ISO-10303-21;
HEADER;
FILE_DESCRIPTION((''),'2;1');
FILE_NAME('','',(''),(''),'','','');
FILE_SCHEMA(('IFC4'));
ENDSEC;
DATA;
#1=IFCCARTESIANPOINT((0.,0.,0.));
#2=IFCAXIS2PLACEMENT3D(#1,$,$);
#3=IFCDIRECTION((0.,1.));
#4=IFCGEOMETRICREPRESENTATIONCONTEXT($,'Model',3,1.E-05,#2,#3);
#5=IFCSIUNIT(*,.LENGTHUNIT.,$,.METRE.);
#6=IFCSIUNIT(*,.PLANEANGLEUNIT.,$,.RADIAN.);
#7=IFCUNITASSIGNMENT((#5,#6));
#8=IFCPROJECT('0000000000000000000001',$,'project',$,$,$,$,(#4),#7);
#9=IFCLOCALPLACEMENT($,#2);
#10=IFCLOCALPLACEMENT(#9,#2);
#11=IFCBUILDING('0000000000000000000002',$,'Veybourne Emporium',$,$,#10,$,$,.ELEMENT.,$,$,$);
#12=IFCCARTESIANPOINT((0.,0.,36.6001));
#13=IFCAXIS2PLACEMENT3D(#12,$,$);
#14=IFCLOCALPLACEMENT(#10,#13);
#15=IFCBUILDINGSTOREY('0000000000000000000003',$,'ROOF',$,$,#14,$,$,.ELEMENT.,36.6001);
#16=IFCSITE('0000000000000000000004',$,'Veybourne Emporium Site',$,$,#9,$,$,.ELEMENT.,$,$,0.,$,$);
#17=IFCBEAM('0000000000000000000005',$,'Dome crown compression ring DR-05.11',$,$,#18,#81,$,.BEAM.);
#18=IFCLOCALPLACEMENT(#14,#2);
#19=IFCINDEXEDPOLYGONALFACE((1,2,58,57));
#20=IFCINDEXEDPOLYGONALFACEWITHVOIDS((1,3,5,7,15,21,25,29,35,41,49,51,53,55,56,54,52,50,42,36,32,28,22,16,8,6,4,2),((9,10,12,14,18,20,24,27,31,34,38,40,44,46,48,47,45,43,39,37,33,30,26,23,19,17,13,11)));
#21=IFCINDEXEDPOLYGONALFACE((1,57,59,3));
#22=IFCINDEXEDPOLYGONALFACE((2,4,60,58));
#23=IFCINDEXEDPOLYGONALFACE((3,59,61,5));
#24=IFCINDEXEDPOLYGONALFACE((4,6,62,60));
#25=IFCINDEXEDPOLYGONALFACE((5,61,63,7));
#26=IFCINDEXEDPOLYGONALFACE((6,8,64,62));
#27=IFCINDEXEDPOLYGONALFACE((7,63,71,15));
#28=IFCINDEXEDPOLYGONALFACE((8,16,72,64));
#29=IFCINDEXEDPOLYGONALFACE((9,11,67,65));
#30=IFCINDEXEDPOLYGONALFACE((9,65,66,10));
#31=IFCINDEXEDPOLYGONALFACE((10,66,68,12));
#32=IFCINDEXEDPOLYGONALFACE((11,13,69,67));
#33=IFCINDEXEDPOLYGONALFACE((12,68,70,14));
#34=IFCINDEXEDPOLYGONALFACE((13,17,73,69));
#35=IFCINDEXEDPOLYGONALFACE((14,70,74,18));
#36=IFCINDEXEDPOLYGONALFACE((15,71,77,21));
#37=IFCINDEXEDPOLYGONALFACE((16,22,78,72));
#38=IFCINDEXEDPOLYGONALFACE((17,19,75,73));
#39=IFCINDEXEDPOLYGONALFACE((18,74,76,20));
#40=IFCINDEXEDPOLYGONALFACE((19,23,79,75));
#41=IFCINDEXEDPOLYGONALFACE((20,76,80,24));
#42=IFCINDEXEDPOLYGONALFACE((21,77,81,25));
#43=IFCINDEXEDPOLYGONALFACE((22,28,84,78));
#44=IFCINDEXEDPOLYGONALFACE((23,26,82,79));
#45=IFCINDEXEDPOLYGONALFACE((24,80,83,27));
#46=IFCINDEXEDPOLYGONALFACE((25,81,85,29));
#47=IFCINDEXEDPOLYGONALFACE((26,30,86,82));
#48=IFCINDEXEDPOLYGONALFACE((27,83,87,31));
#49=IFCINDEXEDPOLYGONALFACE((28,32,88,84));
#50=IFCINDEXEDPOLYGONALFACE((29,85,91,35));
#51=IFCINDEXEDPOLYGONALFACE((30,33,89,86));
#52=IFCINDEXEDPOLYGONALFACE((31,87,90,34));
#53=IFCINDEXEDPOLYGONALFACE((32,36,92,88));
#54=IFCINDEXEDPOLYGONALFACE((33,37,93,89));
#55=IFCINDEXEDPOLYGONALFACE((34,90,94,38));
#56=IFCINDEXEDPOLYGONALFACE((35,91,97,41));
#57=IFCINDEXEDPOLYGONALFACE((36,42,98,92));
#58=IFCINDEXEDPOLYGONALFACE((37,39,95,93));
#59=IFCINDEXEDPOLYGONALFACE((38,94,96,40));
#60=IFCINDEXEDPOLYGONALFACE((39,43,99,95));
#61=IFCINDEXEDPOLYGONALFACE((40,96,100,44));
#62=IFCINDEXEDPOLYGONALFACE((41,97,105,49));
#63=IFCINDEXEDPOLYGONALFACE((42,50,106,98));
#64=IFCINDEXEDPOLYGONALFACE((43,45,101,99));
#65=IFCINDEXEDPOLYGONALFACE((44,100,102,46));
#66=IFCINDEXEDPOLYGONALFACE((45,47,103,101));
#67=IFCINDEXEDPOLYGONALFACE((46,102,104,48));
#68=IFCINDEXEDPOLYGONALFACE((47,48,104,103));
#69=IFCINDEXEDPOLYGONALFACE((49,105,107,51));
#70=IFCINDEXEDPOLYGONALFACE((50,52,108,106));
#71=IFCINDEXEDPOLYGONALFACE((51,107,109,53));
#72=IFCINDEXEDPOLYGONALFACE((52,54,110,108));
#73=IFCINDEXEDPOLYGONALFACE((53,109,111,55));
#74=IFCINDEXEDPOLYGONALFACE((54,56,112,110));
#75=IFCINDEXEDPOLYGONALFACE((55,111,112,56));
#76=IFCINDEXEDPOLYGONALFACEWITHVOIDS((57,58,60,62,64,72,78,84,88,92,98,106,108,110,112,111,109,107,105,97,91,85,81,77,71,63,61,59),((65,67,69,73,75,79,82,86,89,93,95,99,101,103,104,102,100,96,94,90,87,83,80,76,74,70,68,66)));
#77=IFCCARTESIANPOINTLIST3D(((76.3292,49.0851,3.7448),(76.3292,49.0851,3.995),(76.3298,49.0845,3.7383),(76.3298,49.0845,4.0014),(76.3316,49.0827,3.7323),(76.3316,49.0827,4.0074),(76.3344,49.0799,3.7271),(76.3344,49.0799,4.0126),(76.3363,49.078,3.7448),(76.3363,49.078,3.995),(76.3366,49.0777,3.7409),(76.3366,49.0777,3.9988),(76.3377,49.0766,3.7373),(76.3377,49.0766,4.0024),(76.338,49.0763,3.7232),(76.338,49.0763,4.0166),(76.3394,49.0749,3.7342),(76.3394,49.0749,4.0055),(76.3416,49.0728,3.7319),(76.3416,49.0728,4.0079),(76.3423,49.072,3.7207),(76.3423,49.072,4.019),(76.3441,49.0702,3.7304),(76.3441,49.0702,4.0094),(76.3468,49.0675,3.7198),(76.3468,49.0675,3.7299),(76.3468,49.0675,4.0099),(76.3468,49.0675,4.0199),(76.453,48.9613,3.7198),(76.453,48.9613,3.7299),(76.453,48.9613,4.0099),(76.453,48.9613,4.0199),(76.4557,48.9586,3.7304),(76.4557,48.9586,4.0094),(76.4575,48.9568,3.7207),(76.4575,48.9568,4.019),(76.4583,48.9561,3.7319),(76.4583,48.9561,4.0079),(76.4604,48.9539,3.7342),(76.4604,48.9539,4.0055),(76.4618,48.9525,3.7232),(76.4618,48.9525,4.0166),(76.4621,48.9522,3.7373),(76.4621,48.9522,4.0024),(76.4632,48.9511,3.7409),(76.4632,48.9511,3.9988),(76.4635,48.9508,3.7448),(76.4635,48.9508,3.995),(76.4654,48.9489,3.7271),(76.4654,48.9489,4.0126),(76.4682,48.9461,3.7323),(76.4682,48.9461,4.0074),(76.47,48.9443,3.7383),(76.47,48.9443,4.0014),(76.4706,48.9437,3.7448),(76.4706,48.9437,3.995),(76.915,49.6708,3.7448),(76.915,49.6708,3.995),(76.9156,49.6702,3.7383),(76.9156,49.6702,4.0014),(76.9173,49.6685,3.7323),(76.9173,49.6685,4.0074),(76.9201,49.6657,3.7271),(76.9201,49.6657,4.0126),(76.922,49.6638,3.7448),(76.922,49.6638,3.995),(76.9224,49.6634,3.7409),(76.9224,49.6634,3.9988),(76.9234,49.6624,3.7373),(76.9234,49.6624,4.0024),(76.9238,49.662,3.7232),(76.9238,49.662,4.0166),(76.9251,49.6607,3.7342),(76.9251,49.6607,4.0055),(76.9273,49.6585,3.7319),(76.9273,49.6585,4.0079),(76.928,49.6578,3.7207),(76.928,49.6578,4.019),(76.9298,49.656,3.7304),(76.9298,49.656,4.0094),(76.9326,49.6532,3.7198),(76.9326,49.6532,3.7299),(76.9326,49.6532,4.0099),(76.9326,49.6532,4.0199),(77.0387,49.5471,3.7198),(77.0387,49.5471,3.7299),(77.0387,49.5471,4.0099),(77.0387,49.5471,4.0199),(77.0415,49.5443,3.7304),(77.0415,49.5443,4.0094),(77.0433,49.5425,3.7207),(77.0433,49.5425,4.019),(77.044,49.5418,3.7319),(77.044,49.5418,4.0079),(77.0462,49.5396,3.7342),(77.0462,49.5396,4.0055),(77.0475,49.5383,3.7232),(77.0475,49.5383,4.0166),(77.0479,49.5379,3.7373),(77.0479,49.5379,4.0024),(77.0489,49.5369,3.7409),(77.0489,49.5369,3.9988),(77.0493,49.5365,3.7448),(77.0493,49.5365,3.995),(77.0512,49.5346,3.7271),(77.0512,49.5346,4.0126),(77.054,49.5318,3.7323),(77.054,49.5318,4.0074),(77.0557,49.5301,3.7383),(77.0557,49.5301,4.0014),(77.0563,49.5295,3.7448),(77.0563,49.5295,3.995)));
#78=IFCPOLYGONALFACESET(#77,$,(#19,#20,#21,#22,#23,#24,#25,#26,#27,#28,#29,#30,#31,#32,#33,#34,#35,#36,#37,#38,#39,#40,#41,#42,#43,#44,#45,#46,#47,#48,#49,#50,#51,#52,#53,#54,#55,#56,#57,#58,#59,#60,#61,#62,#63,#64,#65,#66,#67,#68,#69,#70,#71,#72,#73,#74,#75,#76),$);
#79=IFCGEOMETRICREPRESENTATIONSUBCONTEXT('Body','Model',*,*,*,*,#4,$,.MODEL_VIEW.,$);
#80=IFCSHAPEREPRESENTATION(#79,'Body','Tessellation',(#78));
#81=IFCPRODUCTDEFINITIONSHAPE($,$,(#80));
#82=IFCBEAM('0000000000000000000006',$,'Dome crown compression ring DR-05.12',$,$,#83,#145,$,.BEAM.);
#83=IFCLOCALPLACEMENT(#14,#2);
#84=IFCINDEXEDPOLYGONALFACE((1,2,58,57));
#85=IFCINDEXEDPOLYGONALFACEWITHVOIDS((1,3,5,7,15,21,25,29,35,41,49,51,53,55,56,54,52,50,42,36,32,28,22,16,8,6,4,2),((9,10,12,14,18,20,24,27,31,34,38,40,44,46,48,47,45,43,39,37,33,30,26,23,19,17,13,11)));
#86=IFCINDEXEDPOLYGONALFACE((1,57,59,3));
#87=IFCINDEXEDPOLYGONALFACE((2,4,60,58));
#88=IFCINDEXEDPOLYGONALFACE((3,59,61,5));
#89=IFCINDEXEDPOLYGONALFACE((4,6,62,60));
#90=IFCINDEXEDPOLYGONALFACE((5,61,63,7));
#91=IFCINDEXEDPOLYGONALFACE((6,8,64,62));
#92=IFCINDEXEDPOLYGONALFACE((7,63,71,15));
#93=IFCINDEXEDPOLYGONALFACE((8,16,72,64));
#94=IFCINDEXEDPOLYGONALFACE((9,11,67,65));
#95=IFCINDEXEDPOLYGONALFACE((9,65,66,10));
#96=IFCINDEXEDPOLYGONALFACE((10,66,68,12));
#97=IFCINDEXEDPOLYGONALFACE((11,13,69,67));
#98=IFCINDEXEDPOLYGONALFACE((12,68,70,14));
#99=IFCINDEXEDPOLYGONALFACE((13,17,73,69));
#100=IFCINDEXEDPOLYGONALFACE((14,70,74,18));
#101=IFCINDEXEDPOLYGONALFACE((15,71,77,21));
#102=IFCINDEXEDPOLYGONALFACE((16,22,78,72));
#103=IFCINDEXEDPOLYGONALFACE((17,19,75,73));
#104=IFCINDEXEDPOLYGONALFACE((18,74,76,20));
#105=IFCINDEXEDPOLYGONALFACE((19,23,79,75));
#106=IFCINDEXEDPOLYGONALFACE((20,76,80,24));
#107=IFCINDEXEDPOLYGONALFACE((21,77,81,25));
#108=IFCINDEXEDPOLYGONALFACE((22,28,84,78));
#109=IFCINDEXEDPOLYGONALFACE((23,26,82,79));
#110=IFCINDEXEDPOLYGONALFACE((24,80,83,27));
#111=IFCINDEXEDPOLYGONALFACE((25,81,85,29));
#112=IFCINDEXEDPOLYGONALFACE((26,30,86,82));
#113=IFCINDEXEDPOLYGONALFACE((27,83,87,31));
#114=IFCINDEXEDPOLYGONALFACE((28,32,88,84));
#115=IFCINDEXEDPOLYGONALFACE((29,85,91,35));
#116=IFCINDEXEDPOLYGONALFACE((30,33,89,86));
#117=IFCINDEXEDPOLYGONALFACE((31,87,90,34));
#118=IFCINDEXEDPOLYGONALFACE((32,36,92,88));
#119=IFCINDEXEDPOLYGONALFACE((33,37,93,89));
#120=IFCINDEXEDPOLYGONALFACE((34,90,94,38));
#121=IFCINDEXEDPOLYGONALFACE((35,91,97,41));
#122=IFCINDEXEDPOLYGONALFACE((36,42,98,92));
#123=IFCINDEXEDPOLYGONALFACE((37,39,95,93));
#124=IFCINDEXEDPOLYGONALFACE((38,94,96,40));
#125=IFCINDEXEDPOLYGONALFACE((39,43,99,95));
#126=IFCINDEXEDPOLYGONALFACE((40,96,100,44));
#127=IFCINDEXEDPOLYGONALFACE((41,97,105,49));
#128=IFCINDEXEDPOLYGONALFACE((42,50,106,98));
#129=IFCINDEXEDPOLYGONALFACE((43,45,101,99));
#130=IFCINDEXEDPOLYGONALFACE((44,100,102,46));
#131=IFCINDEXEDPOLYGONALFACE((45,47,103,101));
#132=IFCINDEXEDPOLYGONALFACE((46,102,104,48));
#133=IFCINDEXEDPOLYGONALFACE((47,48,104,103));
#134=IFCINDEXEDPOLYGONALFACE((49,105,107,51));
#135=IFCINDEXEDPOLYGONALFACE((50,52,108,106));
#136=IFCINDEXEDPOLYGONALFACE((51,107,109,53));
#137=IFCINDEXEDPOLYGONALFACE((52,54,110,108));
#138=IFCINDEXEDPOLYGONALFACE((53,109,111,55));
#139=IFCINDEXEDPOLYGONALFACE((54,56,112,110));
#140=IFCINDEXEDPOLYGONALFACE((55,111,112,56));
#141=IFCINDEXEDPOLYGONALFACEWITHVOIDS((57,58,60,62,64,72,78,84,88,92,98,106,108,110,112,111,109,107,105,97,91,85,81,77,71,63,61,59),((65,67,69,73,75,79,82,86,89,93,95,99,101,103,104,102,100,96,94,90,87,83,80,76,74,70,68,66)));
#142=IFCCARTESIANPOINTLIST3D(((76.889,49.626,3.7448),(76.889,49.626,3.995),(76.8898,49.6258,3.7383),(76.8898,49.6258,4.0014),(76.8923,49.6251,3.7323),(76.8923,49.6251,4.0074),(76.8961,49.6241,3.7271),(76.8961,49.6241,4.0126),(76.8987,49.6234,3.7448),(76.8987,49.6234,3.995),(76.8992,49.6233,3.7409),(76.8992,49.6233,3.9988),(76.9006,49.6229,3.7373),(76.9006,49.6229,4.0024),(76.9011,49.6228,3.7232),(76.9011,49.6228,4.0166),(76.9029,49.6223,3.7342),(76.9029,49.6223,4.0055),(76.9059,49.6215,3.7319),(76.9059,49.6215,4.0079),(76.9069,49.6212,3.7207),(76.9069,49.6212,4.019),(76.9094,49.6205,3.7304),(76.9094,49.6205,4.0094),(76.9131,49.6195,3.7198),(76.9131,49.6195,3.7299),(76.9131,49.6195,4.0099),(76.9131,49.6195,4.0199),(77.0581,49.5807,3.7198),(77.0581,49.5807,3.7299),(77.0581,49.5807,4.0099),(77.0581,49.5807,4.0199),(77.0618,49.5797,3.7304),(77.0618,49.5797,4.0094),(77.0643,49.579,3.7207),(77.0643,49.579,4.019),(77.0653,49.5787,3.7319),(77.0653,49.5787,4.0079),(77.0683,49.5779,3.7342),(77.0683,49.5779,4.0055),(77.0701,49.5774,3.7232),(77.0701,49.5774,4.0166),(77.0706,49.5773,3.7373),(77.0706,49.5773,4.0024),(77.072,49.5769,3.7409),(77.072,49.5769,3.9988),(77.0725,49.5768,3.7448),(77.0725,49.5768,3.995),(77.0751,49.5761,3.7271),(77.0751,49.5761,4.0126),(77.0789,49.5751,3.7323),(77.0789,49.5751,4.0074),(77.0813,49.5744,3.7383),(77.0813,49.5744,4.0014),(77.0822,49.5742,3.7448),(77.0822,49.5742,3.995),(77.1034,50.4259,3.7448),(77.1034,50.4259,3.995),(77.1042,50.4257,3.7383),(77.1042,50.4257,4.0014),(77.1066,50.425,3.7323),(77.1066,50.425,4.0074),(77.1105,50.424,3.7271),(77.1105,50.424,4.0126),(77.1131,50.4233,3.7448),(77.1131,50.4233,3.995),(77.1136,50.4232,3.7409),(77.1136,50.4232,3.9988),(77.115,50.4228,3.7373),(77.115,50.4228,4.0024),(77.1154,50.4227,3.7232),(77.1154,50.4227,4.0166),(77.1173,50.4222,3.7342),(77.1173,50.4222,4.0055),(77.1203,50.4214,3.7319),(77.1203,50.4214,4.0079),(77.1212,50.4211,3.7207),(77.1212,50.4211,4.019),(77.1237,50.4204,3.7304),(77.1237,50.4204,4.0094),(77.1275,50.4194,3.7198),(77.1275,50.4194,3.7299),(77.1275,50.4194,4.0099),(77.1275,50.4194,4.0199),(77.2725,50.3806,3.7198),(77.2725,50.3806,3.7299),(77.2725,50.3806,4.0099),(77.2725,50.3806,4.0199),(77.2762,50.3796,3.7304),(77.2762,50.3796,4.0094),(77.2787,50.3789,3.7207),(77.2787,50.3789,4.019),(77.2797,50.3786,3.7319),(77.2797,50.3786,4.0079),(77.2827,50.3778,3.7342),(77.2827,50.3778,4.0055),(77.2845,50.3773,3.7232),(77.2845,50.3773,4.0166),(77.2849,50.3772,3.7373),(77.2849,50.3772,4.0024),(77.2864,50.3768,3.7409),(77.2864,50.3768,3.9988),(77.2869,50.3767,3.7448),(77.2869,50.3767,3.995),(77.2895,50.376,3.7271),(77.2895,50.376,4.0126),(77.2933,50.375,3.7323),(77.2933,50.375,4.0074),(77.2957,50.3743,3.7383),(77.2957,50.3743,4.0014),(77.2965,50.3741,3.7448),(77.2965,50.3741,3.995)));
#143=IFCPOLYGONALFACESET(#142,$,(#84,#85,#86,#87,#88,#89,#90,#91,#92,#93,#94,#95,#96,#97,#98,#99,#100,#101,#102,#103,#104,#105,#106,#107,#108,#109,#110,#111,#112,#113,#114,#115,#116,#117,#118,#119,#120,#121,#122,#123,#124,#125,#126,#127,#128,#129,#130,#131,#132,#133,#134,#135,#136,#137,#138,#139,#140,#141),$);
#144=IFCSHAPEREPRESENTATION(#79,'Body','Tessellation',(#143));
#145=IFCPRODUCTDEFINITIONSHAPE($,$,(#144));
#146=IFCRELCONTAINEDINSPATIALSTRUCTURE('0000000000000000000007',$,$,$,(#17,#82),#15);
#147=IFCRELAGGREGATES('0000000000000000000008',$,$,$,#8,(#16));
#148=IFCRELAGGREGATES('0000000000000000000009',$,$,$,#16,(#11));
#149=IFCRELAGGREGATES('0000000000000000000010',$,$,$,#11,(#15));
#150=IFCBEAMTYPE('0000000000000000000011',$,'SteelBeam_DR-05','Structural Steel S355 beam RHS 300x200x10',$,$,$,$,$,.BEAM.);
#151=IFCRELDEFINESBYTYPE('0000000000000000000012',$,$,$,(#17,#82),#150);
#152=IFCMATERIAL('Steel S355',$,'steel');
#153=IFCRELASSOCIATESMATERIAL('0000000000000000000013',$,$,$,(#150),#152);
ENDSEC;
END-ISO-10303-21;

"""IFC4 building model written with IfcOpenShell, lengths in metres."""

from ifc_helpers import new_model, si_unit, direction, frame, origin, origin_2d, place, context, subcontext, project, spatial, hollow_rectangle, extrude, material, material_profile, profile_set, type_object, element, save


model = new_model("IFC4")

# Units and contexts
model_context = context("Model", 3, precision=1e-05, world=origin(), true_north=direction((0.0, 1.0)))
body_context = subcontext(model_context, "Body", "Model", "MODEL_VIEW")
ifc_project = project(units=[si_unit("LENGTHUNIT", "METRE"), si_unit("PLANEANGLEUNIT", "RADIAN")], contexts=[model_context])

# Site, building, storey
site_placement = place(None, origin())
site = spatial("IfcSite", under=ifc_project, at=site_placement, Name="Veybourne Emporium Site", CompositionType="ELEMENT", RefElevation=0.0)
building_placement = place(site_placement, origin())
building = spatial("IfcBuilding", under=site, at=building_placement, Name="Veybourne Emporium", CompositionType="ELEMENT")
storey_placement = place(building_placement, frame((0.0, 0.0, 36.6001)))
storey = spatial("IfcBuildingStorey", under=building, at=storey_placement, Name="ROOF", CompositionType="ELEMENT", Elevation=36.6001)

# Beams
ifc_material_1 = material(Name="Steel S355", Category="steel")
ifc_material_profile_1 = material_profile(ifc_material_1, hollow_rectangle(XDim=0.2, YDim=0.3, WallThickness=0.01, InnerFilletRadius=0.0149, OuterFilletRadius=0.0249, at=origin_2d()), Name="RHS 300x200x10")
ifc_profile_set_1 = profile_set([ifc_material_profile_1], Name="Steel S355")
beam_type_1 = type_object("IfcBeamType", Name="SteelBeam_DR-05", Description="Structural Steel S355 beam RHS 300x200x10", PredefinedType="BEAM", material=ifc_profile_set_1)
beam_1_placement = place(storey_placement, frame((76.3999, 49.0144, 3.8699), z_axis=(0.707107, 0.707107, 0.0), x_axis=(-0.707107, 0.707107, 0.0)))
element("IfcBeam", 1, at=beam_1_placement, inside=storey, type_object=beam_type_1, Name="Dome crown compression ring DR-05.11", PredefinedType="BEAM", context=body_context, shape_type="SweptSolid", body=[
    extrude(hollow_rectangle(XDim=0.2, YDim=0.3, WallThickness=0.01, InnerFilletRadius=0.0149, OuterFilletRadius=0.0249, at=origin_2d()), origin(), (0.0, 0.0, 1.0), 0.8284),
])
beam_2_placement = place(storey_placement, frame((76.9856, 49.6001, 3.8699), z_axis=(0.258874, 0.965911, 0.0), x_axis=(-0.965911, 0.258874, 0.0)))
element("IfcBeam", 2, at=beam_2_placement, inside=storey, type_object=beam_type_1, Name="Dome crown compression ring DR-05.12", PredefinedType="BEAM", context=body_context, shape_type="SweptSolid", body=[
    extrude(hollow_rectangle(XDim=0.2, YDim=0.3, WallThickness=0.01, InnerFilletRadius=0.0149, OuterFilletRadius=0.0249, at=origin_2d()), origin(), (0.0, 0.0, 1.0), 0.8281),
])

save(model, "model.ifc")
